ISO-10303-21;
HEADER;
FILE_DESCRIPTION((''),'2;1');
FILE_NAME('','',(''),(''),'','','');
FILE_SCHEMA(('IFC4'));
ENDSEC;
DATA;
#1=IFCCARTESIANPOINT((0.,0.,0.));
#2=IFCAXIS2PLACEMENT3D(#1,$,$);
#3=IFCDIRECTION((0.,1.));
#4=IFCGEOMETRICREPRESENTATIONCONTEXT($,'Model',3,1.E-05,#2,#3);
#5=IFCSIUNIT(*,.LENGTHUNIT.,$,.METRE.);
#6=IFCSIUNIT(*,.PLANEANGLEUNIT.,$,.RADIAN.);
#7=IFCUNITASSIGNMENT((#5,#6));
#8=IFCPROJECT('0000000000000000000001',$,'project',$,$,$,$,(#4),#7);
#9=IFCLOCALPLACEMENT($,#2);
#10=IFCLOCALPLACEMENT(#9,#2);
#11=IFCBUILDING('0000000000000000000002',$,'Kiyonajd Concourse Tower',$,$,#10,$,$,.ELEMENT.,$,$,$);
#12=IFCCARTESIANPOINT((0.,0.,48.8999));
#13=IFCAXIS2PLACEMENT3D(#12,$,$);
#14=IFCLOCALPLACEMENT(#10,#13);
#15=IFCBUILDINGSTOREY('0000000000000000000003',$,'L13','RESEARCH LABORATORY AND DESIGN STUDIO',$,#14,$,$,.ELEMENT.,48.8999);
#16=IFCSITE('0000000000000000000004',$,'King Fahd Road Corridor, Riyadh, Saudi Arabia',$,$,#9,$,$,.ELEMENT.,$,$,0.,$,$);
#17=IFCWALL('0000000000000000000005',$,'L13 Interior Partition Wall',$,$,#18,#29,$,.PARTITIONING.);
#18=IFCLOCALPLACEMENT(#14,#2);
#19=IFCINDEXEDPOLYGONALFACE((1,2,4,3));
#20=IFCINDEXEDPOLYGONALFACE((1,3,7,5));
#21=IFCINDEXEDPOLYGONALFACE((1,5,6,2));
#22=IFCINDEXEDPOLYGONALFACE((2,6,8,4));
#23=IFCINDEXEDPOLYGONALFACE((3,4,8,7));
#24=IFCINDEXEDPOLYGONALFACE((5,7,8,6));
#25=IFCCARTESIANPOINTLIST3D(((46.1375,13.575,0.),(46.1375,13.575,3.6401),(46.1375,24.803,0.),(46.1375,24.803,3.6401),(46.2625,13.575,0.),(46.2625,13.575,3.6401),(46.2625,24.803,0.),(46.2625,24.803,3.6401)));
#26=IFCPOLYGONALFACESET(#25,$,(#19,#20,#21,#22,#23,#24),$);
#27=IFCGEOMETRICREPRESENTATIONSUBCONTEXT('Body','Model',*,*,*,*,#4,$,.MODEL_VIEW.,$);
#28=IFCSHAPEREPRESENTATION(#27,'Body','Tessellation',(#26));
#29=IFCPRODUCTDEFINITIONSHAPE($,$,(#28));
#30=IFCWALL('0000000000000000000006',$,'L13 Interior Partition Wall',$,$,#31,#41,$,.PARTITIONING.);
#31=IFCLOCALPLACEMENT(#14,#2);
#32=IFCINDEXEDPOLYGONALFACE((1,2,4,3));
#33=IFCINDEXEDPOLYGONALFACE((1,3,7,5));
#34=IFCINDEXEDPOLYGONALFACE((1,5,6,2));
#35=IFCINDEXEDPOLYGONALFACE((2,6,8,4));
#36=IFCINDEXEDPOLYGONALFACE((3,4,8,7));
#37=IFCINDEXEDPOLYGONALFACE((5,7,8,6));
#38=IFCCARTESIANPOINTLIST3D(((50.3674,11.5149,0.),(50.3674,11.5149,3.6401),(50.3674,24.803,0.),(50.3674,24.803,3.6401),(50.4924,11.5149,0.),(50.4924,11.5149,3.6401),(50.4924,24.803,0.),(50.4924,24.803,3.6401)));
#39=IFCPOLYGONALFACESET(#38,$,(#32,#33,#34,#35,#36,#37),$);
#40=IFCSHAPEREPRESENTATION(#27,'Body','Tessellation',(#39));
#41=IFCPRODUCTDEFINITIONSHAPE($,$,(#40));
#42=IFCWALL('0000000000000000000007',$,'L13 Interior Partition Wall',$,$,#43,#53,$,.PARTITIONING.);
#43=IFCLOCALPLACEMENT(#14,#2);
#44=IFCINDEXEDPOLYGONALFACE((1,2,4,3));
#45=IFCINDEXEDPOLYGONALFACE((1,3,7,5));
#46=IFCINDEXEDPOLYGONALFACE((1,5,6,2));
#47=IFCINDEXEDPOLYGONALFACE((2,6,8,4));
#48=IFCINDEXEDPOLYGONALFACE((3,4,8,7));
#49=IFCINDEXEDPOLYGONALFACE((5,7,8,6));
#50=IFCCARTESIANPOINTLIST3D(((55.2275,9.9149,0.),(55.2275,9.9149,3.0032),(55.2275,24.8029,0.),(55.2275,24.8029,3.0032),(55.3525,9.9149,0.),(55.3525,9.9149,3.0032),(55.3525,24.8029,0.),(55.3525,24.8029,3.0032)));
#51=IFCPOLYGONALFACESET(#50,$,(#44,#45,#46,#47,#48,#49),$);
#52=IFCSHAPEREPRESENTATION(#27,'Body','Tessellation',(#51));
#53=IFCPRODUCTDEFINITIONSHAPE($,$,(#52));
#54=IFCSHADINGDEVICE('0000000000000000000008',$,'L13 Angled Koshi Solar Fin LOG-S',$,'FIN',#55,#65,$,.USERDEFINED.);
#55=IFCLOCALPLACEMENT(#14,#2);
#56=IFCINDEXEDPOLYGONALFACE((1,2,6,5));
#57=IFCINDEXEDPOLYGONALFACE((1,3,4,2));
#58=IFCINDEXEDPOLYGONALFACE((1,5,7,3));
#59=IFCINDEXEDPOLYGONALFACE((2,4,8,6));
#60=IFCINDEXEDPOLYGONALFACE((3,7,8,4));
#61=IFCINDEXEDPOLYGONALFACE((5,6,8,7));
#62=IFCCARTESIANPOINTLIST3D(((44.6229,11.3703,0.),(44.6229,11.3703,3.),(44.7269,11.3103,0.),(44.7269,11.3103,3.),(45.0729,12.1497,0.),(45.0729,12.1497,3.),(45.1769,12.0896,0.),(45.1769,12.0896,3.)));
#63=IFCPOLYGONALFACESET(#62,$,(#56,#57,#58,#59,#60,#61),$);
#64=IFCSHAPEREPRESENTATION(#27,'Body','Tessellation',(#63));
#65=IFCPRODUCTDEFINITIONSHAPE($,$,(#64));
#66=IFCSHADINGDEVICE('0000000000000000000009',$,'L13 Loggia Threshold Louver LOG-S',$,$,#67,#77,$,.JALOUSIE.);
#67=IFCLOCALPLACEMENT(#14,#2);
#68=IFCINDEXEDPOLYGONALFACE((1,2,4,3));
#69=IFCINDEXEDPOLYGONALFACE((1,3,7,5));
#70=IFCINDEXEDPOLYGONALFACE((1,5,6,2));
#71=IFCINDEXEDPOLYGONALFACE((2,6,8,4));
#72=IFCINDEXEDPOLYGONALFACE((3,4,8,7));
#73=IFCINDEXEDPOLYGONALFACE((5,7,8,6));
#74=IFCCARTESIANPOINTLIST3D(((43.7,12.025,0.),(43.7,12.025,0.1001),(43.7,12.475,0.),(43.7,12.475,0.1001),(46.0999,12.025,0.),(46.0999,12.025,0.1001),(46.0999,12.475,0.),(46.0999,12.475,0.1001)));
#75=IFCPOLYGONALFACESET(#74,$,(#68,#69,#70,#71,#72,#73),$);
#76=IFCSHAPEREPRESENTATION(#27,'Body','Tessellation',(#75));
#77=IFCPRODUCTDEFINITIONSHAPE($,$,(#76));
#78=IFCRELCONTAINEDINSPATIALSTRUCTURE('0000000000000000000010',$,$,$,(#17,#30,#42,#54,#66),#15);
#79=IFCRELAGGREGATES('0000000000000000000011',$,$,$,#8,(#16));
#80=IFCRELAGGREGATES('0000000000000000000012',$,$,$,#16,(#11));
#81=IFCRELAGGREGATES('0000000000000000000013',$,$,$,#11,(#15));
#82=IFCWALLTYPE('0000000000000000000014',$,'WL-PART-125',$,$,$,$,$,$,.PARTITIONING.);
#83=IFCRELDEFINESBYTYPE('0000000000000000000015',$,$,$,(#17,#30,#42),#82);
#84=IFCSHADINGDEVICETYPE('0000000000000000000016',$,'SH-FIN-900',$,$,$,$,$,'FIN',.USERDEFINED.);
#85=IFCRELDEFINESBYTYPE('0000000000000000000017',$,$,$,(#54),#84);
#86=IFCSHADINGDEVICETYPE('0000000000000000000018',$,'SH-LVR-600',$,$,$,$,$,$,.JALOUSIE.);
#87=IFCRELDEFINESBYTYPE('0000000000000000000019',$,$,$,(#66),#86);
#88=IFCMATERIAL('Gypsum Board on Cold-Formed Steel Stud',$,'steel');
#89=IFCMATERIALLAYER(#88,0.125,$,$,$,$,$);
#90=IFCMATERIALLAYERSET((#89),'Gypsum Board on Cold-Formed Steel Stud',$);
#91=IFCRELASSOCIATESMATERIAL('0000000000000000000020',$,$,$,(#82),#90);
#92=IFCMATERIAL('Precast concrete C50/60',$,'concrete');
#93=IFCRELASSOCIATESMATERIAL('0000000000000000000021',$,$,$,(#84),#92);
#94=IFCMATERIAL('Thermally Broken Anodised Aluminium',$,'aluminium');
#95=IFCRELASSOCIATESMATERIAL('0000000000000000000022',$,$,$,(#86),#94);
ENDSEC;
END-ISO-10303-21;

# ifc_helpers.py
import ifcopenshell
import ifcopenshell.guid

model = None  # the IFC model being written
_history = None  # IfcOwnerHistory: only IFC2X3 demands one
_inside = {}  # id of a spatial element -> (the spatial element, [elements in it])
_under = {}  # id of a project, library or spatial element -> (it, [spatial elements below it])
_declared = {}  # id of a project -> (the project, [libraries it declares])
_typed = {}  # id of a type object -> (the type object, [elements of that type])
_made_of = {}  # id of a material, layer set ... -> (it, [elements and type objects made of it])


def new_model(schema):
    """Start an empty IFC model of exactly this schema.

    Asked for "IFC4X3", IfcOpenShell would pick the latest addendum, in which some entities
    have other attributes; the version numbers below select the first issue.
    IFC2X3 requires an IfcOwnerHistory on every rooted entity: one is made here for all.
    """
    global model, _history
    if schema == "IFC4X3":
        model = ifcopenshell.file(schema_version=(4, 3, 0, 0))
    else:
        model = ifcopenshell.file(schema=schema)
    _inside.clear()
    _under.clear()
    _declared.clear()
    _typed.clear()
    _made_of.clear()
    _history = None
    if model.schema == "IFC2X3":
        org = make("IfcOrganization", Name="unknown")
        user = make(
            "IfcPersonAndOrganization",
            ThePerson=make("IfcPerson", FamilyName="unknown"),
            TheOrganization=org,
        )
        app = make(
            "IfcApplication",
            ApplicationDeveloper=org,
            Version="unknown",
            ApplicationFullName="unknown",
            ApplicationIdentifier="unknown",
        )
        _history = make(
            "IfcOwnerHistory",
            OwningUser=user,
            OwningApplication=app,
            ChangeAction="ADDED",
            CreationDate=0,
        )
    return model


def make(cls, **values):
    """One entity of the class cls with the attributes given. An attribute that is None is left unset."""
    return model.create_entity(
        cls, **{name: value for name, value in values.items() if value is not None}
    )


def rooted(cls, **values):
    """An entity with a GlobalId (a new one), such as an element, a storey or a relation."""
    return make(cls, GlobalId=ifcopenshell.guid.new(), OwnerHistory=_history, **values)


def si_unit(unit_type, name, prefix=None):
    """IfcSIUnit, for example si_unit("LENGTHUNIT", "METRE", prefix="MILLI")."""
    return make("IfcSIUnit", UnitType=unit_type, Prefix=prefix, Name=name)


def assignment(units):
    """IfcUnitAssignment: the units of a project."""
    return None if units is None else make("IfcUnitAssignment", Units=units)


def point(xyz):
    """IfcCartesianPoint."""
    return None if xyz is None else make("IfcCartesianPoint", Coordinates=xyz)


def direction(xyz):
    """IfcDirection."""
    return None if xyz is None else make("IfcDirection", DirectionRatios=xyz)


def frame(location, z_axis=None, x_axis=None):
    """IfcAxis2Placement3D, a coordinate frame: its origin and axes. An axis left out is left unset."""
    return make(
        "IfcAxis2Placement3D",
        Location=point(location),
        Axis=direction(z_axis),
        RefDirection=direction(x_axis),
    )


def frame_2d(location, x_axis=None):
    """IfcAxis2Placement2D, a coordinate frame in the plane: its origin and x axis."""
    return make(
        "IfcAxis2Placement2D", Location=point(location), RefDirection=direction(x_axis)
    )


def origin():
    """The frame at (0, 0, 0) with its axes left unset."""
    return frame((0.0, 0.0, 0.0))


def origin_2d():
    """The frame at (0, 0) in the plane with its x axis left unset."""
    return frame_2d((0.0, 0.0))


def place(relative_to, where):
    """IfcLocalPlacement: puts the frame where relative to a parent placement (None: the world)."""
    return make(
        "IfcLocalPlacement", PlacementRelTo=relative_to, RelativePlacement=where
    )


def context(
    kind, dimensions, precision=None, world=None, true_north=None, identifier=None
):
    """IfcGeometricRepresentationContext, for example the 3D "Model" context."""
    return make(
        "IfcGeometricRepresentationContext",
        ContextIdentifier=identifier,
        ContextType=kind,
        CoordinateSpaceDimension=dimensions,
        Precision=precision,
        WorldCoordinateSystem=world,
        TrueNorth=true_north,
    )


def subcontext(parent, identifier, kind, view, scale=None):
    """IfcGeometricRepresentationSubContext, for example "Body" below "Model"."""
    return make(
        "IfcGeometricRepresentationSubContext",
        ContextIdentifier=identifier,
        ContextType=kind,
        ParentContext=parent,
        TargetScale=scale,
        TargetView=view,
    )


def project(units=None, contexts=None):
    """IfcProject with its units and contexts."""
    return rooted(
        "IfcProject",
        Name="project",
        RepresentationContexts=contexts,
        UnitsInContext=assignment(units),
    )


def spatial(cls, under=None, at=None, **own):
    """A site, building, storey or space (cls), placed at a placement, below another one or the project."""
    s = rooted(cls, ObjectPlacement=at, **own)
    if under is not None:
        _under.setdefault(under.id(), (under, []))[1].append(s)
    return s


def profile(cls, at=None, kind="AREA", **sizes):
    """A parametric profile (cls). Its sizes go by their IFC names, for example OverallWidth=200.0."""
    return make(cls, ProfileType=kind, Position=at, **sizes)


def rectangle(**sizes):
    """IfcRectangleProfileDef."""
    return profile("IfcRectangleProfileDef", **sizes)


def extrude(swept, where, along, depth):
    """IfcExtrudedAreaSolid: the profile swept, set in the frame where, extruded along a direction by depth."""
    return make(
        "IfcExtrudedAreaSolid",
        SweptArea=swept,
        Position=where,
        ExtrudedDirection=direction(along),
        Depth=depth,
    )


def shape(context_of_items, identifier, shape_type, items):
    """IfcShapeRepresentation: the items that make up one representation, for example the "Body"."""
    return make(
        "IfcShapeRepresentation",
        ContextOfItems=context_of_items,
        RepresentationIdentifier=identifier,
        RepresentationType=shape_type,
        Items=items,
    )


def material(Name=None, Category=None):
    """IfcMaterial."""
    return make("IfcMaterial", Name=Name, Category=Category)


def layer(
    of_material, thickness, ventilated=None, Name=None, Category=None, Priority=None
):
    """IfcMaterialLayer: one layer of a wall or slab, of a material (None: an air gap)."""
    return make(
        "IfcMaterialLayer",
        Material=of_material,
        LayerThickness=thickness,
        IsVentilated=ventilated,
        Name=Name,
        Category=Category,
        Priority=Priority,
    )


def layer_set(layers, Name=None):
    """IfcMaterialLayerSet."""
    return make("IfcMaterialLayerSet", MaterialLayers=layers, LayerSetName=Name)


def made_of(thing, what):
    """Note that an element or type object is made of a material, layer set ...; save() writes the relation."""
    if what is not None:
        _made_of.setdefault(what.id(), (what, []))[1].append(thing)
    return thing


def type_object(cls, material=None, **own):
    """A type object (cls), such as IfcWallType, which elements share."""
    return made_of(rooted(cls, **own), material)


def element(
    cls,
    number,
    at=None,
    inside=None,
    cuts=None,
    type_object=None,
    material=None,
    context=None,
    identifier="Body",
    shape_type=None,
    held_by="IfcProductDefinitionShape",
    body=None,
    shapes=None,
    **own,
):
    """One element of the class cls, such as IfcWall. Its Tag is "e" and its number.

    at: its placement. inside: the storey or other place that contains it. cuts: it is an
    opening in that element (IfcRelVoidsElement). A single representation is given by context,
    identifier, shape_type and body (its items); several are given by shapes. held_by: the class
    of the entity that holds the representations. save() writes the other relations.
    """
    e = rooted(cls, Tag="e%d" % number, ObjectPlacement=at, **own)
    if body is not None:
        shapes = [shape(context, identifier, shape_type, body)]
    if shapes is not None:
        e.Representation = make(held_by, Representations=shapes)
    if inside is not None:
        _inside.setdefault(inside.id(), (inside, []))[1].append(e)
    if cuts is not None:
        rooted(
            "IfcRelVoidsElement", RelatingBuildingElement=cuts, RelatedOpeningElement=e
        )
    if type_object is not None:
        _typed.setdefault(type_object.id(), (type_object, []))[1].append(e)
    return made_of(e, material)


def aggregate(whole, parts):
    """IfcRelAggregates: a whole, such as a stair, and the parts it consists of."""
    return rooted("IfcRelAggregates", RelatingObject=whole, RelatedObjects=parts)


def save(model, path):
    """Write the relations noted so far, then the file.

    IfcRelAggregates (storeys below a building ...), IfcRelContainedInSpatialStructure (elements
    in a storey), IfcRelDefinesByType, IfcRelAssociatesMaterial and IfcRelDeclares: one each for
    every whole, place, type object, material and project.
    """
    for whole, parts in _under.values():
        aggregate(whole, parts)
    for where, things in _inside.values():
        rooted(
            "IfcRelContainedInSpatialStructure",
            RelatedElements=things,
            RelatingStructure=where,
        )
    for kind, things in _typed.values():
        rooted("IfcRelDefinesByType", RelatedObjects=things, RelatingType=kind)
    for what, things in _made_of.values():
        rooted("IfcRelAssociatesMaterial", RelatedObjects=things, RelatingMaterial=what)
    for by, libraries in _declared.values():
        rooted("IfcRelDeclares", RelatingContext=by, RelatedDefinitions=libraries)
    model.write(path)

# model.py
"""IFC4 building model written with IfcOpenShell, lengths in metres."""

from ifc_helpers import new_model, si_unit, direction, frame, frame_2d, origin, origin_2d, place, context, subcontext, project, spatial, rectangle, extrude, material, layer, layer_set, type_object, element, save


model = new_model("IFC4")

# Units and contexts
model_context = context("Model", 3, precision=1e-05, world=origin(), true_north=direction((0.0, 1.0)))
body_context = subcontext(model_context, "Body", "Model", "MODEL_VIEW")
ifc_project = project(units=[si_unit("LENGTHUNIT", "METRE"), si_unit("PLANEANGLEUNIT", "RADIAN")], contexts=[model_context])

# Site, building, storey
site_placement = place(None, origin())
site = spatial("IfcSite", under=ifc_project, at=site_placement, Name="King Fahd Road Corridor, Riyadh, Saudi Arabia", CompositionType="ELEMENT", RefElevation=0.0)
building_placement = place(site_placement, origin())
building = spatial("IfcBuilding", under=site, at=building_placement, Name="Kiyonajd Concourse Tower", CompositionType="ELEMENT")
storey_placement = place(building_placement, frame((0.0, 0.0, 48.8999)))
storey = spatial("IfcBuildingStorey", under=building, at=storey_placement, Name="L13", Description="RESEARCH LABORATORY AND DESIGN STUDIO", CompositionType="ELEMENT", Elevation=48.8999)

# Shared definitions
ifc_material_1 = material(Name="Precast concrete C50/60", Category="concrete")

# Shared definitions
ifc_material_2 = material(Name="Thermally Broken Anodised Aluminium", Category="aluminium")

# Walls
ifc_material_3 = material(Name="Gypsum Board on Cold-Formed Steel Stud", Category="steel")
ifc_layer_1 = layer(ifc_material_3, 0.125)
ifc_layer_set_1 = layer_set([ifc_layer_1], Name="Gypsum Board on Cold-Formed Steel Stud")
wall_type_1 = type_object("IfcWallType", Name="WL-PART-125", PredefinedType="PARTITIONING", material=ifc_layer_set_1)
wall_1_placement = place(storey_placement, frame((46.2, 13.575, 0.0), z_axis=(0.0, 0.0, 1.0), x_axis=(0.0, 1.0, 0.0)))
element("IfcWall", 1, at=wall_1_placement, inside=storey, type_object=wall_type_1, Name="L13 Interior Partition Wall", PredefinedType="PARTITIONING", context=body_context, shape_type="SweptSolid", body=[
    extrude(rectangle(XDim=11.228, YDim=0.125, at=frame_2d((5.614, 0.0))), origin(), (0.0, 0.0, 1.0), 3.6401),
])
wall_2_placement = place(storey_placement, frame((50.4299, 11.5149, 0.0), z_axis=(0.0, 0.0, 1.0), x_axis=(0.0, 1.0, 0.0)))
element("IfcWall", 2, at=wall_2_placement, inside=storey, type_object=wall_type_1, Name="L13 Interior Partition Wall", PredefinedType="PARTITIONING", context=body_context, shape_type="SweptSolid", body=[
    extrude(rectangle(XDim=13.2881, YDim=0.125, at=frame_2d((6.644, 0.0))), origin(), (0.0, 0.0, 1.0), 3.6401),
])
wall_3_placement = place(storey_placement, frame((55.29, 9.915, 0.0), z_axis=(0.0, 0.0, 1.0), x_axis=(0.0, 1.0, 0.0)))
element("IfcWall", 3, at=wall_3_placement, inside=storey, type_object=wall_type_1, Name="L13 Interior Partition Wall", PredefinedType="PARTITIONING", context=body_context, shape_type="SweptSolid", body=[
    extrude(rectangle(XDim=14.8879, YDim=0.125, at=frame_2d((7.4438, 0.0))), origin(), (0.0, 0.0, 1.0), 3.0032),
])

# Shading devices
shading_device_type_1 = type_object("IfcShadingDeviceType", Name="SH-FIN-900", ElementType="FIN", PredefinedType="USERDEFINED", material=ifc_material_1)
shading_device_1_placement = place(storey_placement, frame((44.8999, 11.73, 0.0), z_axis=(0.0, 0.0, 1.0), x_axis=(0.5, 0.866025, 0.0)))
element("IfcShadingDevice", 4, at=shading_device_1_placement, inside=storey, type_object=shading_device_type_1, Name="L13 Angled Koshi Solar Fin LOG-S", ObjectType="FIN", PredefinedType="USERDEFINED", context=body_context, shape_type="SweptSolid", body=[
    extrude(rectangle(XDim=0.8999, YDim=0.1201, at=origin_2d()), origin(), (0.0, 0.0, 1.0), 3.0),
])
shading_device_type_2 = type_object("IfcShadingDeviceType", Name="SH-LVR-600", PredefinedType="JALOUSIE", material=ifc_material_2)
shading_device_2_placement = place(storey_placement, frame((44.8999, 12.25, 0.0), z_axis=(0.0, 0.0, 1.0), x_axis=(1.0, 0.0, 0.0)))
element("IfcShadingDevice", 5, at=shading_device_2_placement, inside=storey, type_object=shading_device_type_2, Name="L13 Loggia Threshold Louver LOG-S", PredefinedType="JALOUSIE", context=body_context, shape_type="SweptSolid", body=[
    extrude(rectangle(XDim=2.3999, YDim=0.45, at=origin_2d()), origin(), (0.0, 0.0, 1.0), 0.1001),
])

save(model, "model.ifc")
